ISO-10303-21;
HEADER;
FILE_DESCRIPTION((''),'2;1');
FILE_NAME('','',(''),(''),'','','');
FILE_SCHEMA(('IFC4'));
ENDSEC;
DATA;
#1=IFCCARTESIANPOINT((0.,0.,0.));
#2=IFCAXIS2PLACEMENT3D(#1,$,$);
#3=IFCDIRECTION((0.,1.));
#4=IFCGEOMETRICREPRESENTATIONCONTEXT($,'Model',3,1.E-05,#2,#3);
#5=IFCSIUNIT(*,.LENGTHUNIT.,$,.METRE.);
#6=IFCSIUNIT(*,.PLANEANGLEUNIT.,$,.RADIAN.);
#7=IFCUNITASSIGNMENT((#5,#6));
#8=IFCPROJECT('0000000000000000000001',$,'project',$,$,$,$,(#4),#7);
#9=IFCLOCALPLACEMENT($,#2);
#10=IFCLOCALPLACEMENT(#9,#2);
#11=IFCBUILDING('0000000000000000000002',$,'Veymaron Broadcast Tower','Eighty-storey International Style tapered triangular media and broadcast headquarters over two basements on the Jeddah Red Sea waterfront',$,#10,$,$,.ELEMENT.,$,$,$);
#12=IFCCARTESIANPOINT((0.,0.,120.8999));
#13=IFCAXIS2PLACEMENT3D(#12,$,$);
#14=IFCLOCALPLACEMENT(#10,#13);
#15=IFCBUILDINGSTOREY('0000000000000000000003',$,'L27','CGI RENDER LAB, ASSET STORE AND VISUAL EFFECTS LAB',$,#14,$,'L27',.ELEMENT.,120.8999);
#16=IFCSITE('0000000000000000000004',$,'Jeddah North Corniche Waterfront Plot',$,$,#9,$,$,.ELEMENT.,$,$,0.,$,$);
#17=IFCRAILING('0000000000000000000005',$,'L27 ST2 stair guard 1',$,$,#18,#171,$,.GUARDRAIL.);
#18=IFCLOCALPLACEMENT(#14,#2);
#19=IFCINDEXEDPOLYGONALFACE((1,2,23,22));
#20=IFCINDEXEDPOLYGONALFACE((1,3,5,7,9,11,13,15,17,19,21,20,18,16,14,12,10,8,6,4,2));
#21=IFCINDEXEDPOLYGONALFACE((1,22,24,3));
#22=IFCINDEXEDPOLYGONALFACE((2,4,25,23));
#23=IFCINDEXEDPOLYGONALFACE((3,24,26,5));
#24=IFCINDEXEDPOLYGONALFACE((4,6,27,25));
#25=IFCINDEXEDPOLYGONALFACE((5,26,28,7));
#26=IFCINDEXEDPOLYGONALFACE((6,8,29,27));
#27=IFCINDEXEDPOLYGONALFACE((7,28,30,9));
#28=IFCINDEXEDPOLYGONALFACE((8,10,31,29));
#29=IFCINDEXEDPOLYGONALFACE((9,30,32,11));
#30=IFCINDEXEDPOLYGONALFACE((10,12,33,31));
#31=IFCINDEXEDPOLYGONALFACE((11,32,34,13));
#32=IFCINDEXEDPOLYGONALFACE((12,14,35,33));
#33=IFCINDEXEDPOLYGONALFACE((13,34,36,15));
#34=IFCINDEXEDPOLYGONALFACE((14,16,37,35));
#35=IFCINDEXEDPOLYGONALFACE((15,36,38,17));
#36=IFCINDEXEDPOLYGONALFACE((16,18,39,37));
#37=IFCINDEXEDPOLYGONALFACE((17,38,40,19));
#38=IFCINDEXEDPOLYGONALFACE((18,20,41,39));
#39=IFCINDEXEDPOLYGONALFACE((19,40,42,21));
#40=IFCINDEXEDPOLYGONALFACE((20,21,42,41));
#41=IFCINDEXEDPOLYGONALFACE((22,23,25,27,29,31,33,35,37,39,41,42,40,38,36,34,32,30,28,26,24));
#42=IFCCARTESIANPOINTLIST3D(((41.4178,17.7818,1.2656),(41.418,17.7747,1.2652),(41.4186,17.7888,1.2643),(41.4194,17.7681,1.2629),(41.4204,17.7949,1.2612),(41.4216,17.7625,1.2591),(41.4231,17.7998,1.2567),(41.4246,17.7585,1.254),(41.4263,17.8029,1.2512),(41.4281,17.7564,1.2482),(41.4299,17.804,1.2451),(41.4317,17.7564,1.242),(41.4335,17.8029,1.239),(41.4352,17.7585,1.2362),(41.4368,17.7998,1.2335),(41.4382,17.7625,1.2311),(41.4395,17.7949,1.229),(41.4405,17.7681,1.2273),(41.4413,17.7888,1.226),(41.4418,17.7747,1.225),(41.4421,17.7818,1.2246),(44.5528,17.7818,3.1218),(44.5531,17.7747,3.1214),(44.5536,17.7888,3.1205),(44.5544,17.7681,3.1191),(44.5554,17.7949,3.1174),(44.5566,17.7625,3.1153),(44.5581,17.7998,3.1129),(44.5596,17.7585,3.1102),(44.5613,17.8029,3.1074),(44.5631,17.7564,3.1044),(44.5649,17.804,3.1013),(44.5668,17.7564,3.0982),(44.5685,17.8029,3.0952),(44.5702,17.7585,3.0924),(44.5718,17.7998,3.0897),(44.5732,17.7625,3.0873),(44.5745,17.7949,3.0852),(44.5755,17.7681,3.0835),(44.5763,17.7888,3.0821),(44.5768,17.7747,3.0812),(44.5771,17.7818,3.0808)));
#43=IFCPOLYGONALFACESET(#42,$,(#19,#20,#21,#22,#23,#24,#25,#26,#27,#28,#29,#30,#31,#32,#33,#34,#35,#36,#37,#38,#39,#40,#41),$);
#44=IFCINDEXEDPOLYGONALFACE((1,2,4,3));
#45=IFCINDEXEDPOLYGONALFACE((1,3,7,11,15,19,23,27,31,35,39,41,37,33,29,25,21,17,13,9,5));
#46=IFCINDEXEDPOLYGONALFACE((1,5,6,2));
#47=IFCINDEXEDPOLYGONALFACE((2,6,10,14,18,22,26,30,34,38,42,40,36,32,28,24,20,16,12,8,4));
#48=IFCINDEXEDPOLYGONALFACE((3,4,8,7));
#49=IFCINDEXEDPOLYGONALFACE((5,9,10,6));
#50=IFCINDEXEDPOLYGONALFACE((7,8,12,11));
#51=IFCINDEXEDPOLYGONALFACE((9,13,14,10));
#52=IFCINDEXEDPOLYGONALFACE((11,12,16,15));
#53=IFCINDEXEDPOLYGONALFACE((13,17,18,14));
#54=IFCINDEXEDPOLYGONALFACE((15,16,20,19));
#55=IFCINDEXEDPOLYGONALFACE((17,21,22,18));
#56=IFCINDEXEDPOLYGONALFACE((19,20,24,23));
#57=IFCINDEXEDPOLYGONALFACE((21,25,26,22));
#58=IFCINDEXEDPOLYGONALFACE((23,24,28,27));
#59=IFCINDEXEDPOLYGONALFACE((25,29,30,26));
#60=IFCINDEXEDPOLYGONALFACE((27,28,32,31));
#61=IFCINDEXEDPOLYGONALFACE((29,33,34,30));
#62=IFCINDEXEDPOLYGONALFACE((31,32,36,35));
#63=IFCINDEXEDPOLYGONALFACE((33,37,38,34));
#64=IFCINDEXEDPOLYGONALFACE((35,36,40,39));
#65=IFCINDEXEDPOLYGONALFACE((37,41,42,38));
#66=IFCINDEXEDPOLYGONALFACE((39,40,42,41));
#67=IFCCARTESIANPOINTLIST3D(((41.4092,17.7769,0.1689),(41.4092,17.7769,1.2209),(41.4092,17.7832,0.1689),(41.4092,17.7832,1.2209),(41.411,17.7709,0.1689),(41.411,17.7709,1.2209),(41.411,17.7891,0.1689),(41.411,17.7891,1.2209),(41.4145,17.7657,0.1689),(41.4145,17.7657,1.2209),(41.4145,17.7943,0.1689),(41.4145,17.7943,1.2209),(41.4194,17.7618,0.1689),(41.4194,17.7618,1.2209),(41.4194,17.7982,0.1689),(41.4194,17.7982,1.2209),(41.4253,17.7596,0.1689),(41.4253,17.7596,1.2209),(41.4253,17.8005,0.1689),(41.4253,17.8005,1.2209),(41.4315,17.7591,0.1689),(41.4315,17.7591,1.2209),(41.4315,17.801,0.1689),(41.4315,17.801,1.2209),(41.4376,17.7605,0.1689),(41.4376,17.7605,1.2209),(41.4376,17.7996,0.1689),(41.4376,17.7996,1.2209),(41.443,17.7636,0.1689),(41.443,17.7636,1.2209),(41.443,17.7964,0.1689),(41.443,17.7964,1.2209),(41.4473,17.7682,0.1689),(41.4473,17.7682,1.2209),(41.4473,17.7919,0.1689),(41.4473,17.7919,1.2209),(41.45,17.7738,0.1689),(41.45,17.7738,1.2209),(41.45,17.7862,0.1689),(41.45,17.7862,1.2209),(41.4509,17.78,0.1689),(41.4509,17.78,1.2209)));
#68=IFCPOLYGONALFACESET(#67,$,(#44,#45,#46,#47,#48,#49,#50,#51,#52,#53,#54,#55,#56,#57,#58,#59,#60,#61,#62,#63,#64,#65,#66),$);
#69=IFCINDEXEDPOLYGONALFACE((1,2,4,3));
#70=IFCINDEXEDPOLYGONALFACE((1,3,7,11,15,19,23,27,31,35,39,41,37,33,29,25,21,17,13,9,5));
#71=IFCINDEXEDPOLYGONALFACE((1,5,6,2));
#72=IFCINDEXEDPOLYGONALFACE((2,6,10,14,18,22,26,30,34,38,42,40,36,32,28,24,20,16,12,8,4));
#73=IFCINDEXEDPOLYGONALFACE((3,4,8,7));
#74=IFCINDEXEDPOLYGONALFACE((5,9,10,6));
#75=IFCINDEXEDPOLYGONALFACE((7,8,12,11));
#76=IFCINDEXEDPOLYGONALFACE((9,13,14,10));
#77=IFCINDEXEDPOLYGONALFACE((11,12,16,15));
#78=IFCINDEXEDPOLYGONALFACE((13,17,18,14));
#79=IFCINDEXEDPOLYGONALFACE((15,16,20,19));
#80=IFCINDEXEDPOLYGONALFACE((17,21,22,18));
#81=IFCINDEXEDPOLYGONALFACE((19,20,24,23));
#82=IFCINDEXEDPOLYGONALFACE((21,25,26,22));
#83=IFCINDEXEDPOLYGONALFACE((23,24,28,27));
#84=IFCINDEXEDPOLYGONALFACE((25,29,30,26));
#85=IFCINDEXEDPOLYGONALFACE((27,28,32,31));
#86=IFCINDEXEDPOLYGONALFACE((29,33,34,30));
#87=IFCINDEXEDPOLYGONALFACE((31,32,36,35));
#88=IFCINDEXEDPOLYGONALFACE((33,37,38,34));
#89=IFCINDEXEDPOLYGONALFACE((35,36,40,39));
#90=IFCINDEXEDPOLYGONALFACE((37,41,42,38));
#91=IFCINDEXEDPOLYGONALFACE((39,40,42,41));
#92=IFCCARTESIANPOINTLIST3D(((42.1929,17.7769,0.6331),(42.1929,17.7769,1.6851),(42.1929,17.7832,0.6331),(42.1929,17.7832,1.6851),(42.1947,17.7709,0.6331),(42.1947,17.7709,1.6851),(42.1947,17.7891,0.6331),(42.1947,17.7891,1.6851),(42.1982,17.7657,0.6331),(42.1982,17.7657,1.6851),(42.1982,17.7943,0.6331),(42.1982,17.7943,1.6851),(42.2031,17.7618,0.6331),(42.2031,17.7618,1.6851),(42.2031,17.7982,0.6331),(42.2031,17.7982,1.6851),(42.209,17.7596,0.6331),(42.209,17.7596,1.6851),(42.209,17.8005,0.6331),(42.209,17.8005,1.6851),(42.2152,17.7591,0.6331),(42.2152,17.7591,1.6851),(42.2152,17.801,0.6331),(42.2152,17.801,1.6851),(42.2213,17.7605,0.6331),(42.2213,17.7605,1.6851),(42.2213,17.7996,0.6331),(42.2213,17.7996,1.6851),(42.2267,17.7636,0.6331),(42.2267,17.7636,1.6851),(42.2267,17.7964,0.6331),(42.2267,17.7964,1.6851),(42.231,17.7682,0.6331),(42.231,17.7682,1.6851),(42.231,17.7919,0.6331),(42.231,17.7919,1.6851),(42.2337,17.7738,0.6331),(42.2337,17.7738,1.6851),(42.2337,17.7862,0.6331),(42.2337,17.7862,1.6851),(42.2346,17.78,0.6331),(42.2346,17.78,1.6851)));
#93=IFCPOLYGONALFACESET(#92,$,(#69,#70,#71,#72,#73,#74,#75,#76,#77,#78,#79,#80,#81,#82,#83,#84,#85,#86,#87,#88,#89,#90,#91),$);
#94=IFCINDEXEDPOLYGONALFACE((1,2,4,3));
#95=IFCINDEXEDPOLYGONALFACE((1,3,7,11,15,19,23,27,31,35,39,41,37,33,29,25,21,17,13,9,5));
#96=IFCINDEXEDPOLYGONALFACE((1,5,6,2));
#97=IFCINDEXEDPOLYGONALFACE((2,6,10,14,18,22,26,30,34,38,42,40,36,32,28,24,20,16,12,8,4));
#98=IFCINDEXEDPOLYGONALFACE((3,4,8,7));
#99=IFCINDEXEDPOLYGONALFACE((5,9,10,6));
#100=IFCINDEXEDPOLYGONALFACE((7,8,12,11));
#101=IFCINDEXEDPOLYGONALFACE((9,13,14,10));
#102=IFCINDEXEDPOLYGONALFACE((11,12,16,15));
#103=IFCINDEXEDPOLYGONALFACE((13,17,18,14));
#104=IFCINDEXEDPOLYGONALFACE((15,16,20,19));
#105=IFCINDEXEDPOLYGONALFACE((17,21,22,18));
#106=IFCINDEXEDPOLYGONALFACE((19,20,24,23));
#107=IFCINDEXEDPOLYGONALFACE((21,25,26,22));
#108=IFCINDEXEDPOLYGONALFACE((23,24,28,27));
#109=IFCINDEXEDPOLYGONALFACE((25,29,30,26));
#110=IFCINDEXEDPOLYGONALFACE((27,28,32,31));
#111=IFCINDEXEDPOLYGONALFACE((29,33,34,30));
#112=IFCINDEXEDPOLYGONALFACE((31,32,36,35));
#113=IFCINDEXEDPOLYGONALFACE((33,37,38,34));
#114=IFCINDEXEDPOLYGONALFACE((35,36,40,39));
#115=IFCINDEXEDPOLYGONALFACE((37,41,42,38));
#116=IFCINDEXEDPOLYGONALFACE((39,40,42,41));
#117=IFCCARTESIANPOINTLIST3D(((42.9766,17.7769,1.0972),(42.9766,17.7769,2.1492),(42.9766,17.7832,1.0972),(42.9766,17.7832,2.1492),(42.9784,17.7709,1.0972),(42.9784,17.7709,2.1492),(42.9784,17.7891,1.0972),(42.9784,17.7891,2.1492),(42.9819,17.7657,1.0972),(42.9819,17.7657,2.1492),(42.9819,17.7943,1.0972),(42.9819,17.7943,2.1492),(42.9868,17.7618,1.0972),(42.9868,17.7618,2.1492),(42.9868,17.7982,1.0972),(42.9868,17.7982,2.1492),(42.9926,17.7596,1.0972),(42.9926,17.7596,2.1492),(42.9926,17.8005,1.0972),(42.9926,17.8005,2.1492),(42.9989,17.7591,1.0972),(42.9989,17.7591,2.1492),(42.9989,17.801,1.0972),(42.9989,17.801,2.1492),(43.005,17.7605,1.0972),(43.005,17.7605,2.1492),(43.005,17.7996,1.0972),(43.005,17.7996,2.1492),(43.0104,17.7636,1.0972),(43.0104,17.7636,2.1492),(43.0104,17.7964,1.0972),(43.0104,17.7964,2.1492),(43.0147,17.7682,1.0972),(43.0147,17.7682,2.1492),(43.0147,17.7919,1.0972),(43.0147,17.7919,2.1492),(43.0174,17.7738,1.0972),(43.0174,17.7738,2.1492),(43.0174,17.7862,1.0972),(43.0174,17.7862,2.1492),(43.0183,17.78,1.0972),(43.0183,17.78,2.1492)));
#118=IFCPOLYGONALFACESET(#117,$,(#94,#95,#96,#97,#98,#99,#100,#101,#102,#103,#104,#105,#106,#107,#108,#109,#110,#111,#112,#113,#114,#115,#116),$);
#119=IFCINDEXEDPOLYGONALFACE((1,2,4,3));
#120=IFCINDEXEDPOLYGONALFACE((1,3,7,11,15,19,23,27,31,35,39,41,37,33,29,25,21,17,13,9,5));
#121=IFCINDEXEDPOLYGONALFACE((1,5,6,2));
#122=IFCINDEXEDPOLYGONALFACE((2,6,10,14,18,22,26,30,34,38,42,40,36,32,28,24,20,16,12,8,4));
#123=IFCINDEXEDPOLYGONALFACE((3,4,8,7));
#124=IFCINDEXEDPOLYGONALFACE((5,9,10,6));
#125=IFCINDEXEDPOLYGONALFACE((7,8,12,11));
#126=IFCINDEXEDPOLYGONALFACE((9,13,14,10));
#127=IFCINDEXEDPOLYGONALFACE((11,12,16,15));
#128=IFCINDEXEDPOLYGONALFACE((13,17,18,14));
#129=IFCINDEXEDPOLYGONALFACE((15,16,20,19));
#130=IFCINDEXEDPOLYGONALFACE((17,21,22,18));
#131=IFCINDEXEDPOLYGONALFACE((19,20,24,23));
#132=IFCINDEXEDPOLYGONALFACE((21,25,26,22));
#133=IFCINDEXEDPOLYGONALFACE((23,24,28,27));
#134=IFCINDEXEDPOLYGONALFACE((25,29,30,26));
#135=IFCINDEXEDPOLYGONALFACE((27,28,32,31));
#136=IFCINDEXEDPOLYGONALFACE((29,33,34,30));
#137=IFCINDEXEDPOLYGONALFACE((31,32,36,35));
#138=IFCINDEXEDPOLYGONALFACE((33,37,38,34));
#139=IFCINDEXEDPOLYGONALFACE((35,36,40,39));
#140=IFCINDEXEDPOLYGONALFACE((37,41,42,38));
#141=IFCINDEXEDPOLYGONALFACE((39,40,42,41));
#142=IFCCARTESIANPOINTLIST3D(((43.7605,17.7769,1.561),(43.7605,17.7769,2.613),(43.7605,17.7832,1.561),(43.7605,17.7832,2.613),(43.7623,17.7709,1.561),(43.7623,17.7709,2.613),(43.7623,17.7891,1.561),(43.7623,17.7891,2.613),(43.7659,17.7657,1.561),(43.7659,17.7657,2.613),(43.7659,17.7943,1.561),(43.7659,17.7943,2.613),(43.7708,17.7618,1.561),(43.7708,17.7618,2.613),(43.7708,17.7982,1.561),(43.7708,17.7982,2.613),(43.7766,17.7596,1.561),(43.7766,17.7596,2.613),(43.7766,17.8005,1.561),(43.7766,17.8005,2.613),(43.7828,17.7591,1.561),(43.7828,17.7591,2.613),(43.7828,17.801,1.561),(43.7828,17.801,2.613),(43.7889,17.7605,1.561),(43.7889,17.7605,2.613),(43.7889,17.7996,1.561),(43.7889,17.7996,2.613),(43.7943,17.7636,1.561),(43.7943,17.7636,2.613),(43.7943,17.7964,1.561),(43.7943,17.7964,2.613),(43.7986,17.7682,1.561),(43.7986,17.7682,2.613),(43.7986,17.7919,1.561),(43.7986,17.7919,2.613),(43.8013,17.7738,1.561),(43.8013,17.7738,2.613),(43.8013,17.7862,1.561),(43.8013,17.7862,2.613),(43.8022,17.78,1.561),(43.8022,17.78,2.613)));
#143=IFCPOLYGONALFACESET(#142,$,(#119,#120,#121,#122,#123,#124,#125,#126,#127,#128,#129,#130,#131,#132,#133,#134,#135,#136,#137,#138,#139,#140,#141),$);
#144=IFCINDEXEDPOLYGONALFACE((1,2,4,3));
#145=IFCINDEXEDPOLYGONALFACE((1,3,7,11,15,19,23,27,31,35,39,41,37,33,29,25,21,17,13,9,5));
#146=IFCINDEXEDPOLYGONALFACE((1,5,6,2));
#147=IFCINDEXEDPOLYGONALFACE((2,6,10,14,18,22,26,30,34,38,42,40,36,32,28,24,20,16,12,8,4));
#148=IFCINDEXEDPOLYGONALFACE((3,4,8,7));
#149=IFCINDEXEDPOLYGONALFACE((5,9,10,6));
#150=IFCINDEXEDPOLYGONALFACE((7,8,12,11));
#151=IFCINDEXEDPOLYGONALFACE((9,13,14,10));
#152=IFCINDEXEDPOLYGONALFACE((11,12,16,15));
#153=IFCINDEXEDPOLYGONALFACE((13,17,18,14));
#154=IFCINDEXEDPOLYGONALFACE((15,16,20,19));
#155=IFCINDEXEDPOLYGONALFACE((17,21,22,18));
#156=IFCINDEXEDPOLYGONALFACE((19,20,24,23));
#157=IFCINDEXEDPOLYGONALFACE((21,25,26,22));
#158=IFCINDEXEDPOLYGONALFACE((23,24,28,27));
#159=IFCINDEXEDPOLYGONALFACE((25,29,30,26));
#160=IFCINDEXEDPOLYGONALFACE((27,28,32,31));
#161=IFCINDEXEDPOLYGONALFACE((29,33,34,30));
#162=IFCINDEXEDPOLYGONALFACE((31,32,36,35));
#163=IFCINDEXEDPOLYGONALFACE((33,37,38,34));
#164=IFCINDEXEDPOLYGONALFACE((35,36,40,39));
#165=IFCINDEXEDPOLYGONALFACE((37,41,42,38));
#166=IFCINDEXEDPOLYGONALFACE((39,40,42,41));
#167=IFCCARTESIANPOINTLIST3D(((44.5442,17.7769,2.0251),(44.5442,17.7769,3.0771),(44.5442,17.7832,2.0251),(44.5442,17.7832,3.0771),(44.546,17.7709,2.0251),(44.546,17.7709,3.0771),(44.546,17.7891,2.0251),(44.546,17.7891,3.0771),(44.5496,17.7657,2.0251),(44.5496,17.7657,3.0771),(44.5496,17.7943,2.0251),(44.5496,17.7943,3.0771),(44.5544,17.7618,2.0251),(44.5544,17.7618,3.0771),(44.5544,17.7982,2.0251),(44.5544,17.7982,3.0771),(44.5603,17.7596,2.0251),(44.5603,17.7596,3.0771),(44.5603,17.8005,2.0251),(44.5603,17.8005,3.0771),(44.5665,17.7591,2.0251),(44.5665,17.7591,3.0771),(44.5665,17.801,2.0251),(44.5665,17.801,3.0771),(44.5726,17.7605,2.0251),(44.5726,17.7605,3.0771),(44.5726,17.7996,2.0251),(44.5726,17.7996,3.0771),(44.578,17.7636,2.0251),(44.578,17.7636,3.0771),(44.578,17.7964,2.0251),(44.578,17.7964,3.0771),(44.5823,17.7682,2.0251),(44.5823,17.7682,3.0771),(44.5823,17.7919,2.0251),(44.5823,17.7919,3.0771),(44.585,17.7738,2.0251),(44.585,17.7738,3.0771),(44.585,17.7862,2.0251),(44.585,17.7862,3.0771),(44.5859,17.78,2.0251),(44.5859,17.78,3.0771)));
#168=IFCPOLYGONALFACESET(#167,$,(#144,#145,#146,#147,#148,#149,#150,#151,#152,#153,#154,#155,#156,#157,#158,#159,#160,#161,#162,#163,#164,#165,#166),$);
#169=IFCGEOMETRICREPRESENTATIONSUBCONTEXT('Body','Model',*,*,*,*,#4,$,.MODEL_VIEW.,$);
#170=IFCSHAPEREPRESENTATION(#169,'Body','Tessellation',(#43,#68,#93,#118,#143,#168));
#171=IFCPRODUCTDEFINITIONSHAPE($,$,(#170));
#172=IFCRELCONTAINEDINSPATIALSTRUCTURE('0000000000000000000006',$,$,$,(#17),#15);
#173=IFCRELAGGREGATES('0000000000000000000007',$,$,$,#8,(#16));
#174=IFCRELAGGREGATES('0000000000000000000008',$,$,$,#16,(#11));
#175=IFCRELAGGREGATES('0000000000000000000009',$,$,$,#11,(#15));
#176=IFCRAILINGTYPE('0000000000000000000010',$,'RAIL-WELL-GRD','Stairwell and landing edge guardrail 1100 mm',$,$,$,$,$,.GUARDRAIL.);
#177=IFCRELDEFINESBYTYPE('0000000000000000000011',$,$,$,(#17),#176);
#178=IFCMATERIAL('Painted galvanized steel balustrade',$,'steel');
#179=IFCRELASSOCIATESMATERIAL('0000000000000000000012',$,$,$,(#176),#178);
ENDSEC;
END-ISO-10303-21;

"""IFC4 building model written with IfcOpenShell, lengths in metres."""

from ifc_helpers import new_model, si_unit, direction, frame, origin, origin_2d, place, context, subcontext, project, spatial, circle, extrude, material, type_object, element, save


model = new_model("IFC4")

# Units and contexts
model_context = context("Model", 3, precision=1e-05, world=origin(), true_north=direction((0.0, 1.0)))
body_context = subcontext(model_context, "Body", "Model", "MODEL_VIEW")
ifc_project = project(units=[si_unit("LENGTHUNIT", "METRE"), si_unit("PLANEANGLEUNIT", "RADIAN")], contexts=[model_context])

# Site, building, storey
site_placement = place(None, origin())
site = spatial("IfcSite", under=ifc_project, at=site_placement, Name="Jeddah North Corniche Waterfront Plot", CompositionType="ELEMENT", RefElevation=0.0)
building_placement = place(site_placement, origin())
building = spatial("IfcBuilding", under=site, at=building_placement, Name="Veymaron Broadcast Tower", Description="Eighty-storey International Style tapered triangular media and broadcast headquarters over two basements on the Jeddah Red Sea waterfront", CompositionType="ELEMENT")
storey_placement = place(building_placement, frame((0.0, 0.0, 120.8999)))
storey = spatial("IfcBuildingStorey", under=building, at=storey_placement, Name="L27", Description="CGI RENDER LAB, ASSET STORE AND VISUAL EFFECTS LAB", LongName="L27", CompositionType="ELEMENT", Elevation=120.8999)

# Railing
ifc_material_1 = material(Name="Painted galvanized steel balustrade", Category="steel")
railing_type_1 = type_object("IfcRailingType", Name="RAIL-WELL-GRD", Description="Stairwell and landing edge guardrail 1100 mm", PredefinedType="GUARDRAIL", material=ifc_material_1)
railing_1_placement = place(storey_placement, frame((41.4299, 17.78, 0.1689)))
element("IfcRailing", 1, at=railing_1_placement, inside=storey, type_object=railing_type_1, Name="L27 ST2 stair guard 1", PredefinedType="GUARDRAIL", context=body_context, shape_type="SweptSolid", body=[
    extrude(circle(Radius=0.0239, at=origin_2d()), frame((0.0, 0.0, 1.0762), z_axis=(0.860482, 0.0, 0.509481), x_axis=(0.0, 1.0, 0.0)), (0.0, 0.0, 1.0), 3.6433),
    extrude(circle(Radius=0.021, at=origin_2d()), origin(), (0.0, 0.0, 1.0), 1.052),
    extrude(circle(Radius=0.021, at=origin_2d()), frame((0.7837, 0.0, 0.4641)), (0.0, 0.0, 1.0), 1.052),
    extrude(circle(Radius=0.021, at=origin_2d()), frame((1.5674, 0.0, 0.9282)), (0.0, 0.0, 1.0), 1.052),
    extrude(circle(Radius=0.021, at=origin_2d()), frame((2.3513, 0.0, 1.3921)), (0.0, 0.0, 1.0), 1.052),
    extrude(circle(Radius=0.021, at=origin_2d()), frame((3.135, 0.0, 1.8562)), (0.0, 0.0, 1.0), 1.052),
])

save(model, "model.ifc")
